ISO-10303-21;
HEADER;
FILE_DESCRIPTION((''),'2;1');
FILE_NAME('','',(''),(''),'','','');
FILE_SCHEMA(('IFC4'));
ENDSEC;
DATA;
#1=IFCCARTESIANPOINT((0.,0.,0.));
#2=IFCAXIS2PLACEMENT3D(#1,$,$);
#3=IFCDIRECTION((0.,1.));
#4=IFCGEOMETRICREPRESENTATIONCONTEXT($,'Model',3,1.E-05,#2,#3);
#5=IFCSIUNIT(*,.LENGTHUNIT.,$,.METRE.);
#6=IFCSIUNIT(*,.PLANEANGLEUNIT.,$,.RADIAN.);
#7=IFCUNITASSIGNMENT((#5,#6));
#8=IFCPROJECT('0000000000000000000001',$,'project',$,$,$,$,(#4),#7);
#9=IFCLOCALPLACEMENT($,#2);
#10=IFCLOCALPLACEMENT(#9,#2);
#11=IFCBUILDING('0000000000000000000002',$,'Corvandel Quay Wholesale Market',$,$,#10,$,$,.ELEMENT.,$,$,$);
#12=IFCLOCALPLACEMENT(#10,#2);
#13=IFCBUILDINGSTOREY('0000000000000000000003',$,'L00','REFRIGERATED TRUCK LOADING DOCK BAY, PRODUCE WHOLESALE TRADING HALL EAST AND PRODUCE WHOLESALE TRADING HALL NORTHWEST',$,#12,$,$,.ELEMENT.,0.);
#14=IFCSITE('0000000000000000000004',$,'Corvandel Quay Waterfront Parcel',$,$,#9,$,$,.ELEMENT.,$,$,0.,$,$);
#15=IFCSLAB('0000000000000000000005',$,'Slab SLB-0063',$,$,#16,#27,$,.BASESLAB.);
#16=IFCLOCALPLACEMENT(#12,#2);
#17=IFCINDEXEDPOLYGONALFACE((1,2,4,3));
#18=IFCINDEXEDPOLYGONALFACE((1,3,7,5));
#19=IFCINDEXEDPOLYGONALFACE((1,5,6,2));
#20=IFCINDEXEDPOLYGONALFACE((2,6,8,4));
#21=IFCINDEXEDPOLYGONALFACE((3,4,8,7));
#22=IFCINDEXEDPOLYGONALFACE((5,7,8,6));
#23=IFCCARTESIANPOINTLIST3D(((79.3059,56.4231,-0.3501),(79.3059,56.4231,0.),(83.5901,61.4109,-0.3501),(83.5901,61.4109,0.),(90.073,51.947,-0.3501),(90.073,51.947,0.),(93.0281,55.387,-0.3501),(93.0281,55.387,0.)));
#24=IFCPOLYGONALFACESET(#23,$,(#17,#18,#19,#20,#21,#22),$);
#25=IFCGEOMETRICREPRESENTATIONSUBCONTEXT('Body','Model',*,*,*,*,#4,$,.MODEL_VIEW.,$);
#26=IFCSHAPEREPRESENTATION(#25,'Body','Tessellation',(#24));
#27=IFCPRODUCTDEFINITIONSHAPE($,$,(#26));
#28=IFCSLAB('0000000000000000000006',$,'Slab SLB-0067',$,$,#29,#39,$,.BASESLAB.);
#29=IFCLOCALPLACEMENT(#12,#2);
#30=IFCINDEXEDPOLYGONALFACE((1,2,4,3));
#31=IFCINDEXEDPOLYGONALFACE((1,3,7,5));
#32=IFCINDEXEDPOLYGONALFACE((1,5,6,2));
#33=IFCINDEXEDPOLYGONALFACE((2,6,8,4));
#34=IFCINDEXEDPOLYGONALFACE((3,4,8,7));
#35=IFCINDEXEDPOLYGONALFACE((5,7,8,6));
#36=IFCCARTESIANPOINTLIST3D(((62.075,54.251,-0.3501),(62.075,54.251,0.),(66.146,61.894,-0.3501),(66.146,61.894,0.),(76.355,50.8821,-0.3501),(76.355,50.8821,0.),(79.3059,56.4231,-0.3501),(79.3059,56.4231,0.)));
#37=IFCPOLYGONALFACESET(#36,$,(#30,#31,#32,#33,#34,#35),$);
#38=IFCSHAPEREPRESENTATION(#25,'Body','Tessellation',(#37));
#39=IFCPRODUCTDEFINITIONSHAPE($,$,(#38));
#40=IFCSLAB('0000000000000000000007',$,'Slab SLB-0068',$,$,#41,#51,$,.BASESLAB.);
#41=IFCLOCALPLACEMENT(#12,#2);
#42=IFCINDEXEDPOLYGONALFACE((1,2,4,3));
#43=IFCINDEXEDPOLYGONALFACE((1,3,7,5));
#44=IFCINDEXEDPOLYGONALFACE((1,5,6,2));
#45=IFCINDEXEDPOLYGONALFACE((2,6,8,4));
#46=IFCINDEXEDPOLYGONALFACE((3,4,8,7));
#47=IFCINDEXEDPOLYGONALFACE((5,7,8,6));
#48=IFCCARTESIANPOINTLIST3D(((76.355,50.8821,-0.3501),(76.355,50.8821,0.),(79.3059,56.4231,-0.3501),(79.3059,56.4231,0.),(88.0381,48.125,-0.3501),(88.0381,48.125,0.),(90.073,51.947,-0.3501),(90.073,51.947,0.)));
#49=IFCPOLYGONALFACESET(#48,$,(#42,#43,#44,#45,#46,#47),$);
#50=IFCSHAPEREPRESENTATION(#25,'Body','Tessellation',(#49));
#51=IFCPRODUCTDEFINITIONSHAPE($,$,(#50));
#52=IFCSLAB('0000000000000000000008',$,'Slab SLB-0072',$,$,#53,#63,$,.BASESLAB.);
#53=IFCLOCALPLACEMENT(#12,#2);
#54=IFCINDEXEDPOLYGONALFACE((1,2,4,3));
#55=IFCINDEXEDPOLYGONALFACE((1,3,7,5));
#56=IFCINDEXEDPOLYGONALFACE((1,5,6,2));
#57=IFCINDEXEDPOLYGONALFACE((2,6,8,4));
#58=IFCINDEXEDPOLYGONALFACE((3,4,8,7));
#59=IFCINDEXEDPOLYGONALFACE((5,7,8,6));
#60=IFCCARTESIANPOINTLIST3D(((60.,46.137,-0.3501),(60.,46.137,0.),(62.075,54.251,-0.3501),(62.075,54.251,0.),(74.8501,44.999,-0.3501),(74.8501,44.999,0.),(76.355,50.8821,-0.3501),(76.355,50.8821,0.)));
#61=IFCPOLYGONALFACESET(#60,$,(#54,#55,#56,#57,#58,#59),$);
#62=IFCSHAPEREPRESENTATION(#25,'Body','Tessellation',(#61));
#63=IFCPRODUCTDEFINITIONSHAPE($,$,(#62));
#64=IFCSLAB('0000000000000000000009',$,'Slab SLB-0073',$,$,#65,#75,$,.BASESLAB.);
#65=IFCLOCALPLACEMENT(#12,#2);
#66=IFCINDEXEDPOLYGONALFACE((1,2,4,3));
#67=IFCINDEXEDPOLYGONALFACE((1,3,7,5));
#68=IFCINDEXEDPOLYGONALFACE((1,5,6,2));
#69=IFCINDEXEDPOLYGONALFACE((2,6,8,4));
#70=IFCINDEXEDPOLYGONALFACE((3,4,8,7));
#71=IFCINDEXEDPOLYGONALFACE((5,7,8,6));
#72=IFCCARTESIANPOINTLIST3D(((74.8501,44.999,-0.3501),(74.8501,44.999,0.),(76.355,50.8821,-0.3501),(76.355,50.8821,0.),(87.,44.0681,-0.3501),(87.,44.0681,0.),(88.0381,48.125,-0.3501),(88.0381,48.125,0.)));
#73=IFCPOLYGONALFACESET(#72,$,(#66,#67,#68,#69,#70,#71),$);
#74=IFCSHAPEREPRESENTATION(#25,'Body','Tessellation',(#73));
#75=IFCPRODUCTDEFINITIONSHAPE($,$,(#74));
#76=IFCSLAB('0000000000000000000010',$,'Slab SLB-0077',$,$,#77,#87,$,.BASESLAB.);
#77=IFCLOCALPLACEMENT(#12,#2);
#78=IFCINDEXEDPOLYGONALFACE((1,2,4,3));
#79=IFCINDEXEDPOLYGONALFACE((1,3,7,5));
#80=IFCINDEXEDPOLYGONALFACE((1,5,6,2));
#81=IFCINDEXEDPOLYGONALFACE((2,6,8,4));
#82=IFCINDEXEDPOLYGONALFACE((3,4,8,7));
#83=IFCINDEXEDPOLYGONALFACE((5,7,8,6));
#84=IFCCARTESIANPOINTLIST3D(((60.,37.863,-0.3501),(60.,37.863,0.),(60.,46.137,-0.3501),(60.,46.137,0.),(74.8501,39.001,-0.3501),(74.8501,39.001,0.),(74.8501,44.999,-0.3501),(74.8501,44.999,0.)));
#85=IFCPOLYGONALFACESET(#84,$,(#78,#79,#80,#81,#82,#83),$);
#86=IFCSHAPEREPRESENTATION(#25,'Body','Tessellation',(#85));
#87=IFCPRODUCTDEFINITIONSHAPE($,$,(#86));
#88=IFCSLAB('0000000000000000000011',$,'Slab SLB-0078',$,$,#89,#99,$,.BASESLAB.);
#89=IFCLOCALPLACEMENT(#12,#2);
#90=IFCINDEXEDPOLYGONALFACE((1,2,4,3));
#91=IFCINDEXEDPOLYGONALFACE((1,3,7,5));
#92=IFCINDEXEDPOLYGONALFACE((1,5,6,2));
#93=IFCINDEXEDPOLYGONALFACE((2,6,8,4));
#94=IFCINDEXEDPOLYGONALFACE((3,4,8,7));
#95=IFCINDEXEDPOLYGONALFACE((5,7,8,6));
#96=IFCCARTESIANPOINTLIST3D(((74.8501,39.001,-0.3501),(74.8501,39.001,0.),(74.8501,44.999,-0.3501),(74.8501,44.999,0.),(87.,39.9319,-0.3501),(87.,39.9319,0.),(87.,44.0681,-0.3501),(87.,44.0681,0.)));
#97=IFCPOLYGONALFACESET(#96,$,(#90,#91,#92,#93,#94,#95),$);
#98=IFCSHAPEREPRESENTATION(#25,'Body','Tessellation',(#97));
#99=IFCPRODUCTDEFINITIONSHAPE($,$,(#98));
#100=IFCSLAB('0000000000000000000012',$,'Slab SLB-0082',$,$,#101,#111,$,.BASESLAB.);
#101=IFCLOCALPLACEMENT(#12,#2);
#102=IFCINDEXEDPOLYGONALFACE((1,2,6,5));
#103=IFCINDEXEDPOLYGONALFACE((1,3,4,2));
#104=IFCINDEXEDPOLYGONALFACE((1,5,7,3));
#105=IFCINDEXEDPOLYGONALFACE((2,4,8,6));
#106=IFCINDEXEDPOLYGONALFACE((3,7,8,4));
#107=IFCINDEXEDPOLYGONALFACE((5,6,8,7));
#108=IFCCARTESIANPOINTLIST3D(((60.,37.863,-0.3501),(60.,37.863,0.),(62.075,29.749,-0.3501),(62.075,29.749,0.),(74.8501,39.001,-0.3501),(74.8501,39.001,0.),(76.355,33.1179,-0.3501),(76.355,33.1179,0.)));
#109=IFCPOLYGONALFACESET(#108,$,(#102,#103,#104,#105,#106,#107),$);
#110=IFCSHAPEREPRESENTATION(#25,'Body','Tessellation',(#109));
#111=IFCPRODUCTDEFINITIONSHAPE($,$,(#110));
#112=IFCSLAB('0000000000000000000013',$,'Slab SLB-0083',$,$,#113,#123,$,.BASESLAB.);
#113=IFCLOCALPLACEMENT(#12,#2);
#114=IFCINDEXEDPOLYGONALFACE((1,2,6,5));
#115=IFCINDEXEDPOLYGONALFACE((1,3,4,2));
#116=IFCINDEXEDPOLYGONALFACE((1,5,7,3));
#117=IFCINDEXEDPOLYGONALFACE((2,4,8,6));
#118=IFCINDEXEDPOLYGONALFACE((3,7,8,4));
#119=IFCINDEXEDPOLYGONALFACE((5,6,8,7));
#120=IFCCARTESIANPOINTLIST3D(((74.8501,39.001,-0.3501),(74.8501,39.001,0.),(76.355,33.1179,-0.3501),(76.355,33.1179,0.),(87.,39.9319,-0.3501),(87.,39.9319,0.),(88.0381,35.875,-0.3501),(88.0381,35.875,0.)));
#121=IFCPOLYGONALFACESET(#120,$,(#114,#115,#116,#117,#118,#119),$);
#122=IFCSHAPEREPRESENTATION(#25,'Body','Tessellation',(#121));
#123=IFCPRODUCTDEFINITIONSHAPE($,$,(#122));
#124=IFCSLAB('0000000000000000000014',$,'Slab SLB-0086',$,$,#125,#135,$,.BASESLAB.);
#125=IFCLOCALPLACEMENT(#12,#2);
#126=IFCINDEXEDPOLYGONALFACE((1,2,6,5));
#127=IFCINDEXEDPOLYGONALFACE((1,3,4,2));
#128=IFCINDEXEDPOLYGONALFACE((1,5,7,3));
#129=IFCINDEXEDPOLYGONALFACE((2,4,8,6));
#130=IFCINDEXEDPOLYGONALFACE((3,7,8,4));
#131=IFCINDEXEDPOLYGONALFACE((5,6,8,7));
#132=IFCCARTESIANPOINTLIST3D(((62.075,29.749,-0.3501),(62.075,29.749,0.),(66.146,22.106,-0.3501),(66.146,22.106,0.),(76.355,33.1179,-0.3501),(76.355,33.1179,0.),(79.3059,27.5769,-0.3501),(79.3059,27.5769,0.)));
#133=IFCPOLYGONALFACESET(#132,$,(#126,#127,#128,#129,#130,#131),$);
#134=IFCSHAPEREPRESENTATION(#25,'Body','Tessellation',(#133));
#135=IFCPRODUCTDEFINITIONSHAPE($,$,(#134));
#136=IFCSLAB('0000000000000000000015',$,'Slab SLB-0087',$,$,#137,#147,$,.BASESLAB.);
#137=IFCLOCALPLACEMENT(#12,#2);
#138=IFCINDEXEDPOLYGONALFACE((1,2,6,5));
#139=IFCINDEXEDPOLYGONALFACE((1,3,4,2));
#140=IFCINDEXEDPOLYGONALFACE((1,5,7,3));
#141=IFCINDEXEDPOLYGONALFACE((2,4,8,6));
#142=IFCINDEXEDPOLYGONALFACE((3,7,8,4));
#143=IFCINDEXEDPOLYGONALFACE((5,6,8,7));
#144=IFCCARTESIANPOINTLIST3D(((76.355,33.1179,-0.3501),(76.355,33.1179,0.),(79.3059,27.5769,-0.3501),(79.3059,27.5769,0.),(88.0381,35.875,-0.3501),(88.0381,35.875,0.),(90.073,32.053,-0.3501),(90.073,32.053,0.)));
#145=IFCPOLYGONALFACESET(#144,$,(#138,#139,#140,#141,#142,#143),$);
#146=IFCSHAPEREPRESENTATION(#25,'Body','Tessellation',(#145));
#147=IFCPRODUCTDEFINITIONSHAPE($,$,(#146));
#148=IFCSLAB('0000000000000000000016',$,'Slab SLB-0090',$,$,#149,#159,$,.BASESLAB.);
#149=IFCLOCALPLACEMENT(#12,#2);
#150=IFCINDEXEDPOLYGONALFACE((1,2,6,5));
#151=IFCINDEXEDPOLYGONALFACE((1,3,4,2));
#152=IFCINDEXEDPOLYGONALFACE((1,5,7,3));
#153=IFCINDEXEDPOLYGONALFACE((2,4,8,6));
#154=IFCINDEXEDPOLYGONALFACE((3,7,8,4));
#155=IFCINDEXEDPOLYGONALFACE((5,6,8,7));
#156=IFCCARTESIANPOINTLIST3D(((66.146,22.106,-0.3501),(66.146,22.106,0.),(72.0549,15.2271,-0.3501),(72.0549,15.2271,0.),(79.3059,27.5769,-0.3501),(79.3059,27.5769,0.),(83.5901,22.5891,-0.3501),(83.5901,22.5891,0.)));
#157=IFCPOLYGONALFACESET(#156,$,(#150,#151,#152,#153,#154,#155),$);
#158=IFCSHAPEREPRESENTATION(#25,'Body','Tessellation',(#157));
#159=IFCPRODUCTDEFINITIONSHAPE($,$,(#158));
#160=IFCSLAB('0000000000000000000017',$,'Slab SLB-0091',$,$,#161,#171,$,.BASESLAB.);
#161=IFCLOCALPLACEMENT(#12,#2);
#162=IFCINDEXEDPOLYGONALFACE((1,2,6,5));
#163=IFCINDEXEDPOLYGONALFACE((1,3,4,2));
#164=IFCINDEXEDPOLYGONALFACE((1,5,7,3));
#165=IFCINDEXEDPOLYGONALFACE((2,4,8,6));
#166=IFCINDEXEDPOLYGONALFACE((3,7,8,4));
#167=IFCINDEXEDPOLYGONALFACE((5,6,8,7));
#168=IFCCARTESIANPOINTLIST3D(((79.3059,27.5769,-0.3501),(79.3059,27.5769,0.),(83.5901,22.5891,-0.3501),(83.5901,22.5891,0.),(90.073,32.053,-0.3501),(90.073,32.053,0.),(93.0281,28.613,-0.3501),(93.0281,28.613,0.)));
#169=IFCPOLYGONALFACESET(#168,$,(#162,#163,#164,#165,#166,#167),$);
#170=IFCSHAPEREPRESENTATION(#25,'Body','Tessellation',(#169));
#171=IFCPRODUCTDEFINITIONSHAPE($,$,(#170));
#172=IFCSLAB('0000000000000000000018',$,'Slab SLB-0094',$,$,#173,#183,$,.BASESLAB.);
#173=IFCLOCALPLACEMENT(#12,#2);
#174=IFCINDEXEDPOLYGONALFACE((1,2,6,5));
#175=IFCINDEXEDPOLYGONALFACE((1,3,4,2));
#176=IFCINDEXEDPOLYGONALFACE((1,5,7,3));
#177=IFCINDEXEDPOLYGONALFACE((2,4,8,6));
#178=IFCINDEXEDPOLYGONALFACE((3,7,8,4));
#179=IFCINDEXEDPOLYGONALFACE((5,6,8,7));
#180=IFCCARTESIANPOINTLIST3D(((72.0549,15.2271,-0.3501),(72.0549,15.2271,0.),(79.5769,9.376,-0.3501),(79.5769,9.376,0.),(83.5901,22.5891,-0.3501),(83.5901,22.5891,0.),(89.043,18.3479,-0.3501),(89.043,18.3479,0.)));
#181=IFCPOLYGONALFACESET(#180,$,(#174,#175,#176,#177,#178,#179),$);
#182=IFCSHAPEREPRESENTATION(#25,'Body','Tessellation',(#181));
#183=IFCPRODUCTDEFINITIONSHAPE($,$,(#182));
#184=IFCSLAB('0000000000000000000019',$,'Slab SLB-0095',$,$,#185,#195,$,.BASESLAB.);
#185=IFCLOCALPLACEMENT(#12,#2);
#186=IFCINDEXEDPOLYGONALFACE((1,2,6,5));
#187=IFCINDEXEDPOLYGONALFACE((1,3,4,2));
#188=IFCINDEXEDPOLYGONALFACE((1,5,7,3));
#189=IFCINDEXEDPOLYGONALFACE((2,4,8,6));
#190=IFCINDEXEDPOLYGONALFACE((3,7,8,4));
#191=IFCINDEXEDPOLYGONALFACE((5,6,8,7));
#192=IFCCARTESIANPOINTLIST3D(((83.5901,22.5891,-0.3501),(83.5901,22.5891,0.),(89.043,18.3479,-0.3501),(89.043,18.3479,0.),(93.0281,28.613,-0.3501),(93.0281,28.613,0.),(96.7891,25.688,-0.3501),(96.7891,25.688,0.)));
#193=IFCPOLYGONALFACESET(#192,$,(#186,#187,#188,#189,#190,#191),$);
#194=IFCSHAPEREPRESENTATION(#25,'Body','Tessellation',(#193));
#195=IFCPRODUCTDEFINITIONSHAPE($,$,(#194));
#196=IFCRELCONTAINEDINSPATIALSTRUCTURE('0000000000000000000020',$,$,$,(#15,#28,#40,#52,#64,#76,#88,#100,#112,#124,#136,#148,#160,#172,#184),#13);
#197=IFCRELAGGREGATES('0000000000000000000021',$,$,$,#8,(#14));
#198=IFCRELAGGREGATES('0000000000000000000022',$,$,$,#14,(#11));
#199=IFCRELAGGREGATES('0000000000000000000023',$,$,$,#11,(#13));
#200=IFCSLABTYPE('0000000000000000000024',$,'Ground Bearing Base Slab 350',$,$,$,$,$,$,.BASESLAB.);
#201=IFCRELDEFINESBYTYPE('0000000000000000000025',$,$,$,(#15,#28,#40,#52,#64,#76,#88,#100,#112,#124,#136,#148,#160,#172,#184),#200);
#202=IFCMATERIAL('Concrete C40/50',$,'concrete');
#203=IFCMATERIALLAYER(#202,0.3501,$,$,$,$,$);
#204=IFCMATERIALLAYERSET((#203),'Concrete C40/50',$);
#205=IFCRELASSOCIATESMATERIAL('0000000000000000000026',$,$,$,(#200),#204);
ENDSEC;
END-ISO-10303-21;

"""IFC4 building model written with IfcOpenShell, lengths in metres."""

from ifc_helpers import new_model, si_unit, direction, frame, origin, place, context, subcontext, project, spatial, polyline, outline, extrude, material, layer, layer_set, type_object, element, save


model = new_model("IFC4")

# Units and contexts
model_context = context("Model", 3, precision=1e-05, world=origin(), true_north=direction((0.0, 1.0)))
body_context = subcontext(model_context, "Body", "Model", "MODEL_VIEW")
ifc_project = project(units=[si_unit("LENGTHUNIT", "METRE"), si_unit("PLANEANGLEUNIT", "RADIAN")], contexts=[model_context])

# Site, building, storey
site_placement = place(None, origin())
site = spatial("IfcSite", under=ifc_project, at=site_placement, Name="Corvandel Quay Waterfront Parcel", CompositionType="ELEMENT", RefElevation=0.0)
building_placement = place(site_placement, origin())
building = spatial("IfcBuilding", under=site, at=building_placement, Name="Corvandel Quay Wholesale Market", CompositionType="ELEMENT")
storey_placement = place(building_placement, origin())
storey = spatial("IfcBuildingStorey", under=building, at=storey_placement, Name="L00", Description="REFRIGERATED TRUCK LOADING DOCK BAY, PRODUCE WHOLESALE TRADING HALL EAST AND PRODUCE WHOLESALE TRADING HALL NORTHWEST", CompositionType="ELEMENT", Elevation=0.0)

# Slabs
ifc_material = material(Name="Concrete C40/50", Category="concrete")
ifc_layer = layer(ifc_material, 0.3501)
ifc_layer_set = layer_set([ifc_layer], Name="Concrete C40/50")
slab_type = type_object("IfcSlabType", Name="Ground Bearing Base Slab 350", PredefinedType="BASESLAB", material=ifc_layer_set)
slab_1_placement = place(storey_placement, frame((0.0, 0.0, -0.3501)))
element("IfcSlab", 1, at=slab_1_placement, inside=storey, type_object=slab_type, Name="Slab SLB-0063", PredefinedType="BASESLAB", context=body_context, shape_type="SweptSolid", body=[
    extrude(outline(polyline([(83.5901, 61.4109), (79.3059, 56.4231), (90.073, 51.947), (93.0281, 55.387), (83.5901, 61.4109)])), origin(), (0.0, 0.0, 1.0), 0.3501),
])
slab_2_placement = place(storey_placement, frame((0.0, 0.0, -0.3501)))
element("IfcSlab", 2, at=slab_2_placement, inside=storey, type_object=slab_type, Name="Slab SLB-0067", PredefinedType="BASESLAB", context=body_context, shape_type="SweptSolid", body=[
    extrude(outline(polyline([(66.146, 61.894), (62.075, 54.251), (76.355, 50.8821), (79.3059, 56.4231), (66.146, 61.894)])), origin(), (0.0, 0.0, 1.0), 0.3501),
])
slab_3_placement = place(storey_placement, frame((0.0, 0.0, -0.3501)))
element("IfcSlab", 3, at=slab_3_placement, inside=storey, type_object=slab_type, Name="Slab SLB-0068", PredefinedType="BASESLAB", context=body_context, shape_type="SweptSolid", body=[
    extrude(outline(polyline([(79.3059, 56.4231), (76.355, 50.8821), (88.0381, 48.125), (90.073, 51.947), (79.3059, 56.4231)])), origin(), (0.0, 0.0, 1.0), 0.3501),
])
slab_4_placement = place(storey_placement, frame((0.0, 0.0, -0.3501)))
element("IfcSlab", 4, at=slab_4_placement, inside=storey, type_object=slab_type, Name="Slab SLB-0072", PredefinedType="BASESLAB", context=body_context, shape_type="SweptSolid", body=[
    extrude(outline(polyline([(62.075, 54.251), (60.0, 46.137), (74.8501, 44.999), (76.355, 50.8821), (62.075, 54.251)])), origin(), (0.0, 0.0, 1.0), 0.3501),
])
slab_5_placement = place(storey_placement, frame((0.0, 0.0, -0.3501)))
element("IfcSlab", 5, at=slab_5_placement, inside=storey, type_object=slab_type, Name="Slab SLB-0073", PredefinedType="BASESLAB", context=body_context, shape_type="SweptSolid", body=[
    extrude(outline(polyline([(76.355, 50.8821), (74.8501, 44.999), (87.0, 44.0681), (88.0381, 48.125), (76.355, 50.8821)])), origin(), (0.0, 0.0, 1.0), 0.3501),
])
slab_6_placement = place(storey_placement, frame((0.0, 0.0, -0.3501)))
element("IfcSlab", 6, at=slab_6_placement, inside=storey, type_object=slab_type, Name="Slab SLB-0077", PredefinedType="BASESLAB", context=body_context, shape_type="SweptSolid", body=[
    extrude(outline(polyline([(60.0, 46.137), (60.0, 37.863), (74.8501, 39.001), (74.8501, 44.999), (60.0, 46.137)])), origin(), (0.0, 0.0, 1.0), 0.3501),
])
slab_7_placement = place(storey_placement, frame((0.0, 0.0, -0.3501)))
element("IfcSlab", 7, at=slab_7_placement, inside=storey, type_object=slab_type, Name="Slab SLB-0078", PredefinedType="BASESLAB", context=body_context, shape_type="SweptSolid", body=[
    extrude(outline(polyline([(74.8501, 44.999), (74.8501, 39.001), (87.0, 39.9319), (87.0, 44.0681), (74.8501, 44.999)])), origin(), (0.0, 0.0, 1.0), 0.3501),
])
slab_8_placement = place(storey_placement, frame((0.0, 0.0, -0.3501)))
element("IfcSlab", 8, at=slab_8_placement, inside=storey, type_object=slab_type, Name="Slab SLB-0082", PredefinedType="BASESLAB", context=body_context, shape_type="SweptSolid", body=[
    extrude(outline(polyline([(60.0, 37.863), (62.075, 29.749), (76.355, 33.1179), (74.8501, 39.001), (60.0, 37.863)])), origin(), (0.0, 0.0, 1.0), 0.3501),
])
slab_9_placement = place(storey_placement, frame((0.0, 0.0, -0.3501)))
element("IfcSlab", 9, at=slab_9_placement, inside=storey, type_object=slab_type, Name="Slab SLB-0083", PredefinedType="BASESLAB", context=body_context, shape_type="SweptSolid", body=[
    extrude(outline(polyline([(74.8501, 39.001), (76.355, 33.1179), (88.0381, 35.875), (87.0, 39.9319), (74.8501, 39.001)])), origin(), (0.0, 0.0, 1.0), 0.3501),
])
slab_10_placement = place(storey_placement, frame((0.0, 0.0, -0.3501)))
element("IfcSlab", 10, at=slab_10_placement, inside=storey, type_object=slab_type, Name="Slab SLB-0086", PredefinedType="BASESLAB", context=body_context, shape_type="SweptSolid", body=[
    extrude(outline(polyline([(62.075, 29.749), (66.146, 22.106), (79.3059, 27.5769), (76.355, 33.1179), (62.075, 29.749)])), origin(), (0.0, 0.0, 1.0), 0.3501),
])
slab_11_placement = place(storey_placement, frame((0.0, 0.0, -0.3501)))
element("IfcSlab", 11, at=slab_11_placement, inside=storey, type_object=slab_type, Name="Slab SLB-0087", PredefinedType="BASESLAB", context=body_context, shape_type="SweptSolid", body=[
    extrude(outline(polyline([(76.355, 33.1179), (79.3059, 27.5769), (90.073, 32.053), (88.0381, 35.875), (76.355, 33.1179)])), origin(), (0.0, 0.0, 1.0), 0.3501),
])
slab_12_placement = place(storey_placement, frame((0.0, 0.0, -0.3501)))
element("IfcSlab", 12, at=slab_12_placement, inside=storey, type_object=slab_type, Name="Slab SLB-0090", PredefinedType="BASESLAB", context=body_context, shape_type="SweptSolid", body=[
    extrude(outline(polyline([(66.146, 22.106), (72.0549, 15.2271), (83.5901, 22.5891), (79.3059, 27.5769), (66.146, 22.106)])), origin(), (0.0, 0.0, 1.0), 0.3501),
])
slab_13_placement = place(storey_placement, frame((0.0, 0.0, -0.3501)))
element("IfcSlab", 13, at=slab_13_placement, inside=storey, type_object=slab_type, Name="Slab SLB-0091", PredefinedType="BASESLAB", context=body_context, shape_type="SweptSolid", body=[
    extrude(outline(polyline([(79.3059, 27.5769), (83.5901, 22.5891), (93.0281, 28.613), (90.073, 32.053), (79.3059, 27.5769)])), origin(), (0.0, 0.0, 1.0), 0.3501),
])
slab_14_placement = place(storey_placement, frame((0.0, 0.0, -0.3501)))
element("IfcSlab", 14, at=slab_14_placement, inside=storey, type_object=slab_type, Name="Slab SLB-0094", PredefinedType="BASESLAB", context=body_context, shape_type="SweptSolid", body=[
    extrude(outline(polyline([(72.0549, 15.2271), (79.5769, 9.376), (89.043, 18.3479), (83.5901, 22.5891), (72.0549, 15.2271)])), origin(), (0.0, 0.0, 1.0), 0.3501),
])
slab_15_placement = place(storey_placement, frame((0.0, 0.0, -0.3501)))
element("IfcSlab", 15, at=slab_15_placement, inside=storey, type_object=slab_type, Name="Slab SLB-0095", PredefinedType="BASESLAB", context=body_context, shape_type="SweptSolid", body=[
    extrude(outline(polyline([(83.5901, 22.5891), (89.043, 18.3479), (96.7891, 25.688), (93.0281, 28.613), (83.5901, 22.5891)])), origin(), (0.0, 0.0, 1.0), 0.3501),
])

save(model, "model.ifc")
